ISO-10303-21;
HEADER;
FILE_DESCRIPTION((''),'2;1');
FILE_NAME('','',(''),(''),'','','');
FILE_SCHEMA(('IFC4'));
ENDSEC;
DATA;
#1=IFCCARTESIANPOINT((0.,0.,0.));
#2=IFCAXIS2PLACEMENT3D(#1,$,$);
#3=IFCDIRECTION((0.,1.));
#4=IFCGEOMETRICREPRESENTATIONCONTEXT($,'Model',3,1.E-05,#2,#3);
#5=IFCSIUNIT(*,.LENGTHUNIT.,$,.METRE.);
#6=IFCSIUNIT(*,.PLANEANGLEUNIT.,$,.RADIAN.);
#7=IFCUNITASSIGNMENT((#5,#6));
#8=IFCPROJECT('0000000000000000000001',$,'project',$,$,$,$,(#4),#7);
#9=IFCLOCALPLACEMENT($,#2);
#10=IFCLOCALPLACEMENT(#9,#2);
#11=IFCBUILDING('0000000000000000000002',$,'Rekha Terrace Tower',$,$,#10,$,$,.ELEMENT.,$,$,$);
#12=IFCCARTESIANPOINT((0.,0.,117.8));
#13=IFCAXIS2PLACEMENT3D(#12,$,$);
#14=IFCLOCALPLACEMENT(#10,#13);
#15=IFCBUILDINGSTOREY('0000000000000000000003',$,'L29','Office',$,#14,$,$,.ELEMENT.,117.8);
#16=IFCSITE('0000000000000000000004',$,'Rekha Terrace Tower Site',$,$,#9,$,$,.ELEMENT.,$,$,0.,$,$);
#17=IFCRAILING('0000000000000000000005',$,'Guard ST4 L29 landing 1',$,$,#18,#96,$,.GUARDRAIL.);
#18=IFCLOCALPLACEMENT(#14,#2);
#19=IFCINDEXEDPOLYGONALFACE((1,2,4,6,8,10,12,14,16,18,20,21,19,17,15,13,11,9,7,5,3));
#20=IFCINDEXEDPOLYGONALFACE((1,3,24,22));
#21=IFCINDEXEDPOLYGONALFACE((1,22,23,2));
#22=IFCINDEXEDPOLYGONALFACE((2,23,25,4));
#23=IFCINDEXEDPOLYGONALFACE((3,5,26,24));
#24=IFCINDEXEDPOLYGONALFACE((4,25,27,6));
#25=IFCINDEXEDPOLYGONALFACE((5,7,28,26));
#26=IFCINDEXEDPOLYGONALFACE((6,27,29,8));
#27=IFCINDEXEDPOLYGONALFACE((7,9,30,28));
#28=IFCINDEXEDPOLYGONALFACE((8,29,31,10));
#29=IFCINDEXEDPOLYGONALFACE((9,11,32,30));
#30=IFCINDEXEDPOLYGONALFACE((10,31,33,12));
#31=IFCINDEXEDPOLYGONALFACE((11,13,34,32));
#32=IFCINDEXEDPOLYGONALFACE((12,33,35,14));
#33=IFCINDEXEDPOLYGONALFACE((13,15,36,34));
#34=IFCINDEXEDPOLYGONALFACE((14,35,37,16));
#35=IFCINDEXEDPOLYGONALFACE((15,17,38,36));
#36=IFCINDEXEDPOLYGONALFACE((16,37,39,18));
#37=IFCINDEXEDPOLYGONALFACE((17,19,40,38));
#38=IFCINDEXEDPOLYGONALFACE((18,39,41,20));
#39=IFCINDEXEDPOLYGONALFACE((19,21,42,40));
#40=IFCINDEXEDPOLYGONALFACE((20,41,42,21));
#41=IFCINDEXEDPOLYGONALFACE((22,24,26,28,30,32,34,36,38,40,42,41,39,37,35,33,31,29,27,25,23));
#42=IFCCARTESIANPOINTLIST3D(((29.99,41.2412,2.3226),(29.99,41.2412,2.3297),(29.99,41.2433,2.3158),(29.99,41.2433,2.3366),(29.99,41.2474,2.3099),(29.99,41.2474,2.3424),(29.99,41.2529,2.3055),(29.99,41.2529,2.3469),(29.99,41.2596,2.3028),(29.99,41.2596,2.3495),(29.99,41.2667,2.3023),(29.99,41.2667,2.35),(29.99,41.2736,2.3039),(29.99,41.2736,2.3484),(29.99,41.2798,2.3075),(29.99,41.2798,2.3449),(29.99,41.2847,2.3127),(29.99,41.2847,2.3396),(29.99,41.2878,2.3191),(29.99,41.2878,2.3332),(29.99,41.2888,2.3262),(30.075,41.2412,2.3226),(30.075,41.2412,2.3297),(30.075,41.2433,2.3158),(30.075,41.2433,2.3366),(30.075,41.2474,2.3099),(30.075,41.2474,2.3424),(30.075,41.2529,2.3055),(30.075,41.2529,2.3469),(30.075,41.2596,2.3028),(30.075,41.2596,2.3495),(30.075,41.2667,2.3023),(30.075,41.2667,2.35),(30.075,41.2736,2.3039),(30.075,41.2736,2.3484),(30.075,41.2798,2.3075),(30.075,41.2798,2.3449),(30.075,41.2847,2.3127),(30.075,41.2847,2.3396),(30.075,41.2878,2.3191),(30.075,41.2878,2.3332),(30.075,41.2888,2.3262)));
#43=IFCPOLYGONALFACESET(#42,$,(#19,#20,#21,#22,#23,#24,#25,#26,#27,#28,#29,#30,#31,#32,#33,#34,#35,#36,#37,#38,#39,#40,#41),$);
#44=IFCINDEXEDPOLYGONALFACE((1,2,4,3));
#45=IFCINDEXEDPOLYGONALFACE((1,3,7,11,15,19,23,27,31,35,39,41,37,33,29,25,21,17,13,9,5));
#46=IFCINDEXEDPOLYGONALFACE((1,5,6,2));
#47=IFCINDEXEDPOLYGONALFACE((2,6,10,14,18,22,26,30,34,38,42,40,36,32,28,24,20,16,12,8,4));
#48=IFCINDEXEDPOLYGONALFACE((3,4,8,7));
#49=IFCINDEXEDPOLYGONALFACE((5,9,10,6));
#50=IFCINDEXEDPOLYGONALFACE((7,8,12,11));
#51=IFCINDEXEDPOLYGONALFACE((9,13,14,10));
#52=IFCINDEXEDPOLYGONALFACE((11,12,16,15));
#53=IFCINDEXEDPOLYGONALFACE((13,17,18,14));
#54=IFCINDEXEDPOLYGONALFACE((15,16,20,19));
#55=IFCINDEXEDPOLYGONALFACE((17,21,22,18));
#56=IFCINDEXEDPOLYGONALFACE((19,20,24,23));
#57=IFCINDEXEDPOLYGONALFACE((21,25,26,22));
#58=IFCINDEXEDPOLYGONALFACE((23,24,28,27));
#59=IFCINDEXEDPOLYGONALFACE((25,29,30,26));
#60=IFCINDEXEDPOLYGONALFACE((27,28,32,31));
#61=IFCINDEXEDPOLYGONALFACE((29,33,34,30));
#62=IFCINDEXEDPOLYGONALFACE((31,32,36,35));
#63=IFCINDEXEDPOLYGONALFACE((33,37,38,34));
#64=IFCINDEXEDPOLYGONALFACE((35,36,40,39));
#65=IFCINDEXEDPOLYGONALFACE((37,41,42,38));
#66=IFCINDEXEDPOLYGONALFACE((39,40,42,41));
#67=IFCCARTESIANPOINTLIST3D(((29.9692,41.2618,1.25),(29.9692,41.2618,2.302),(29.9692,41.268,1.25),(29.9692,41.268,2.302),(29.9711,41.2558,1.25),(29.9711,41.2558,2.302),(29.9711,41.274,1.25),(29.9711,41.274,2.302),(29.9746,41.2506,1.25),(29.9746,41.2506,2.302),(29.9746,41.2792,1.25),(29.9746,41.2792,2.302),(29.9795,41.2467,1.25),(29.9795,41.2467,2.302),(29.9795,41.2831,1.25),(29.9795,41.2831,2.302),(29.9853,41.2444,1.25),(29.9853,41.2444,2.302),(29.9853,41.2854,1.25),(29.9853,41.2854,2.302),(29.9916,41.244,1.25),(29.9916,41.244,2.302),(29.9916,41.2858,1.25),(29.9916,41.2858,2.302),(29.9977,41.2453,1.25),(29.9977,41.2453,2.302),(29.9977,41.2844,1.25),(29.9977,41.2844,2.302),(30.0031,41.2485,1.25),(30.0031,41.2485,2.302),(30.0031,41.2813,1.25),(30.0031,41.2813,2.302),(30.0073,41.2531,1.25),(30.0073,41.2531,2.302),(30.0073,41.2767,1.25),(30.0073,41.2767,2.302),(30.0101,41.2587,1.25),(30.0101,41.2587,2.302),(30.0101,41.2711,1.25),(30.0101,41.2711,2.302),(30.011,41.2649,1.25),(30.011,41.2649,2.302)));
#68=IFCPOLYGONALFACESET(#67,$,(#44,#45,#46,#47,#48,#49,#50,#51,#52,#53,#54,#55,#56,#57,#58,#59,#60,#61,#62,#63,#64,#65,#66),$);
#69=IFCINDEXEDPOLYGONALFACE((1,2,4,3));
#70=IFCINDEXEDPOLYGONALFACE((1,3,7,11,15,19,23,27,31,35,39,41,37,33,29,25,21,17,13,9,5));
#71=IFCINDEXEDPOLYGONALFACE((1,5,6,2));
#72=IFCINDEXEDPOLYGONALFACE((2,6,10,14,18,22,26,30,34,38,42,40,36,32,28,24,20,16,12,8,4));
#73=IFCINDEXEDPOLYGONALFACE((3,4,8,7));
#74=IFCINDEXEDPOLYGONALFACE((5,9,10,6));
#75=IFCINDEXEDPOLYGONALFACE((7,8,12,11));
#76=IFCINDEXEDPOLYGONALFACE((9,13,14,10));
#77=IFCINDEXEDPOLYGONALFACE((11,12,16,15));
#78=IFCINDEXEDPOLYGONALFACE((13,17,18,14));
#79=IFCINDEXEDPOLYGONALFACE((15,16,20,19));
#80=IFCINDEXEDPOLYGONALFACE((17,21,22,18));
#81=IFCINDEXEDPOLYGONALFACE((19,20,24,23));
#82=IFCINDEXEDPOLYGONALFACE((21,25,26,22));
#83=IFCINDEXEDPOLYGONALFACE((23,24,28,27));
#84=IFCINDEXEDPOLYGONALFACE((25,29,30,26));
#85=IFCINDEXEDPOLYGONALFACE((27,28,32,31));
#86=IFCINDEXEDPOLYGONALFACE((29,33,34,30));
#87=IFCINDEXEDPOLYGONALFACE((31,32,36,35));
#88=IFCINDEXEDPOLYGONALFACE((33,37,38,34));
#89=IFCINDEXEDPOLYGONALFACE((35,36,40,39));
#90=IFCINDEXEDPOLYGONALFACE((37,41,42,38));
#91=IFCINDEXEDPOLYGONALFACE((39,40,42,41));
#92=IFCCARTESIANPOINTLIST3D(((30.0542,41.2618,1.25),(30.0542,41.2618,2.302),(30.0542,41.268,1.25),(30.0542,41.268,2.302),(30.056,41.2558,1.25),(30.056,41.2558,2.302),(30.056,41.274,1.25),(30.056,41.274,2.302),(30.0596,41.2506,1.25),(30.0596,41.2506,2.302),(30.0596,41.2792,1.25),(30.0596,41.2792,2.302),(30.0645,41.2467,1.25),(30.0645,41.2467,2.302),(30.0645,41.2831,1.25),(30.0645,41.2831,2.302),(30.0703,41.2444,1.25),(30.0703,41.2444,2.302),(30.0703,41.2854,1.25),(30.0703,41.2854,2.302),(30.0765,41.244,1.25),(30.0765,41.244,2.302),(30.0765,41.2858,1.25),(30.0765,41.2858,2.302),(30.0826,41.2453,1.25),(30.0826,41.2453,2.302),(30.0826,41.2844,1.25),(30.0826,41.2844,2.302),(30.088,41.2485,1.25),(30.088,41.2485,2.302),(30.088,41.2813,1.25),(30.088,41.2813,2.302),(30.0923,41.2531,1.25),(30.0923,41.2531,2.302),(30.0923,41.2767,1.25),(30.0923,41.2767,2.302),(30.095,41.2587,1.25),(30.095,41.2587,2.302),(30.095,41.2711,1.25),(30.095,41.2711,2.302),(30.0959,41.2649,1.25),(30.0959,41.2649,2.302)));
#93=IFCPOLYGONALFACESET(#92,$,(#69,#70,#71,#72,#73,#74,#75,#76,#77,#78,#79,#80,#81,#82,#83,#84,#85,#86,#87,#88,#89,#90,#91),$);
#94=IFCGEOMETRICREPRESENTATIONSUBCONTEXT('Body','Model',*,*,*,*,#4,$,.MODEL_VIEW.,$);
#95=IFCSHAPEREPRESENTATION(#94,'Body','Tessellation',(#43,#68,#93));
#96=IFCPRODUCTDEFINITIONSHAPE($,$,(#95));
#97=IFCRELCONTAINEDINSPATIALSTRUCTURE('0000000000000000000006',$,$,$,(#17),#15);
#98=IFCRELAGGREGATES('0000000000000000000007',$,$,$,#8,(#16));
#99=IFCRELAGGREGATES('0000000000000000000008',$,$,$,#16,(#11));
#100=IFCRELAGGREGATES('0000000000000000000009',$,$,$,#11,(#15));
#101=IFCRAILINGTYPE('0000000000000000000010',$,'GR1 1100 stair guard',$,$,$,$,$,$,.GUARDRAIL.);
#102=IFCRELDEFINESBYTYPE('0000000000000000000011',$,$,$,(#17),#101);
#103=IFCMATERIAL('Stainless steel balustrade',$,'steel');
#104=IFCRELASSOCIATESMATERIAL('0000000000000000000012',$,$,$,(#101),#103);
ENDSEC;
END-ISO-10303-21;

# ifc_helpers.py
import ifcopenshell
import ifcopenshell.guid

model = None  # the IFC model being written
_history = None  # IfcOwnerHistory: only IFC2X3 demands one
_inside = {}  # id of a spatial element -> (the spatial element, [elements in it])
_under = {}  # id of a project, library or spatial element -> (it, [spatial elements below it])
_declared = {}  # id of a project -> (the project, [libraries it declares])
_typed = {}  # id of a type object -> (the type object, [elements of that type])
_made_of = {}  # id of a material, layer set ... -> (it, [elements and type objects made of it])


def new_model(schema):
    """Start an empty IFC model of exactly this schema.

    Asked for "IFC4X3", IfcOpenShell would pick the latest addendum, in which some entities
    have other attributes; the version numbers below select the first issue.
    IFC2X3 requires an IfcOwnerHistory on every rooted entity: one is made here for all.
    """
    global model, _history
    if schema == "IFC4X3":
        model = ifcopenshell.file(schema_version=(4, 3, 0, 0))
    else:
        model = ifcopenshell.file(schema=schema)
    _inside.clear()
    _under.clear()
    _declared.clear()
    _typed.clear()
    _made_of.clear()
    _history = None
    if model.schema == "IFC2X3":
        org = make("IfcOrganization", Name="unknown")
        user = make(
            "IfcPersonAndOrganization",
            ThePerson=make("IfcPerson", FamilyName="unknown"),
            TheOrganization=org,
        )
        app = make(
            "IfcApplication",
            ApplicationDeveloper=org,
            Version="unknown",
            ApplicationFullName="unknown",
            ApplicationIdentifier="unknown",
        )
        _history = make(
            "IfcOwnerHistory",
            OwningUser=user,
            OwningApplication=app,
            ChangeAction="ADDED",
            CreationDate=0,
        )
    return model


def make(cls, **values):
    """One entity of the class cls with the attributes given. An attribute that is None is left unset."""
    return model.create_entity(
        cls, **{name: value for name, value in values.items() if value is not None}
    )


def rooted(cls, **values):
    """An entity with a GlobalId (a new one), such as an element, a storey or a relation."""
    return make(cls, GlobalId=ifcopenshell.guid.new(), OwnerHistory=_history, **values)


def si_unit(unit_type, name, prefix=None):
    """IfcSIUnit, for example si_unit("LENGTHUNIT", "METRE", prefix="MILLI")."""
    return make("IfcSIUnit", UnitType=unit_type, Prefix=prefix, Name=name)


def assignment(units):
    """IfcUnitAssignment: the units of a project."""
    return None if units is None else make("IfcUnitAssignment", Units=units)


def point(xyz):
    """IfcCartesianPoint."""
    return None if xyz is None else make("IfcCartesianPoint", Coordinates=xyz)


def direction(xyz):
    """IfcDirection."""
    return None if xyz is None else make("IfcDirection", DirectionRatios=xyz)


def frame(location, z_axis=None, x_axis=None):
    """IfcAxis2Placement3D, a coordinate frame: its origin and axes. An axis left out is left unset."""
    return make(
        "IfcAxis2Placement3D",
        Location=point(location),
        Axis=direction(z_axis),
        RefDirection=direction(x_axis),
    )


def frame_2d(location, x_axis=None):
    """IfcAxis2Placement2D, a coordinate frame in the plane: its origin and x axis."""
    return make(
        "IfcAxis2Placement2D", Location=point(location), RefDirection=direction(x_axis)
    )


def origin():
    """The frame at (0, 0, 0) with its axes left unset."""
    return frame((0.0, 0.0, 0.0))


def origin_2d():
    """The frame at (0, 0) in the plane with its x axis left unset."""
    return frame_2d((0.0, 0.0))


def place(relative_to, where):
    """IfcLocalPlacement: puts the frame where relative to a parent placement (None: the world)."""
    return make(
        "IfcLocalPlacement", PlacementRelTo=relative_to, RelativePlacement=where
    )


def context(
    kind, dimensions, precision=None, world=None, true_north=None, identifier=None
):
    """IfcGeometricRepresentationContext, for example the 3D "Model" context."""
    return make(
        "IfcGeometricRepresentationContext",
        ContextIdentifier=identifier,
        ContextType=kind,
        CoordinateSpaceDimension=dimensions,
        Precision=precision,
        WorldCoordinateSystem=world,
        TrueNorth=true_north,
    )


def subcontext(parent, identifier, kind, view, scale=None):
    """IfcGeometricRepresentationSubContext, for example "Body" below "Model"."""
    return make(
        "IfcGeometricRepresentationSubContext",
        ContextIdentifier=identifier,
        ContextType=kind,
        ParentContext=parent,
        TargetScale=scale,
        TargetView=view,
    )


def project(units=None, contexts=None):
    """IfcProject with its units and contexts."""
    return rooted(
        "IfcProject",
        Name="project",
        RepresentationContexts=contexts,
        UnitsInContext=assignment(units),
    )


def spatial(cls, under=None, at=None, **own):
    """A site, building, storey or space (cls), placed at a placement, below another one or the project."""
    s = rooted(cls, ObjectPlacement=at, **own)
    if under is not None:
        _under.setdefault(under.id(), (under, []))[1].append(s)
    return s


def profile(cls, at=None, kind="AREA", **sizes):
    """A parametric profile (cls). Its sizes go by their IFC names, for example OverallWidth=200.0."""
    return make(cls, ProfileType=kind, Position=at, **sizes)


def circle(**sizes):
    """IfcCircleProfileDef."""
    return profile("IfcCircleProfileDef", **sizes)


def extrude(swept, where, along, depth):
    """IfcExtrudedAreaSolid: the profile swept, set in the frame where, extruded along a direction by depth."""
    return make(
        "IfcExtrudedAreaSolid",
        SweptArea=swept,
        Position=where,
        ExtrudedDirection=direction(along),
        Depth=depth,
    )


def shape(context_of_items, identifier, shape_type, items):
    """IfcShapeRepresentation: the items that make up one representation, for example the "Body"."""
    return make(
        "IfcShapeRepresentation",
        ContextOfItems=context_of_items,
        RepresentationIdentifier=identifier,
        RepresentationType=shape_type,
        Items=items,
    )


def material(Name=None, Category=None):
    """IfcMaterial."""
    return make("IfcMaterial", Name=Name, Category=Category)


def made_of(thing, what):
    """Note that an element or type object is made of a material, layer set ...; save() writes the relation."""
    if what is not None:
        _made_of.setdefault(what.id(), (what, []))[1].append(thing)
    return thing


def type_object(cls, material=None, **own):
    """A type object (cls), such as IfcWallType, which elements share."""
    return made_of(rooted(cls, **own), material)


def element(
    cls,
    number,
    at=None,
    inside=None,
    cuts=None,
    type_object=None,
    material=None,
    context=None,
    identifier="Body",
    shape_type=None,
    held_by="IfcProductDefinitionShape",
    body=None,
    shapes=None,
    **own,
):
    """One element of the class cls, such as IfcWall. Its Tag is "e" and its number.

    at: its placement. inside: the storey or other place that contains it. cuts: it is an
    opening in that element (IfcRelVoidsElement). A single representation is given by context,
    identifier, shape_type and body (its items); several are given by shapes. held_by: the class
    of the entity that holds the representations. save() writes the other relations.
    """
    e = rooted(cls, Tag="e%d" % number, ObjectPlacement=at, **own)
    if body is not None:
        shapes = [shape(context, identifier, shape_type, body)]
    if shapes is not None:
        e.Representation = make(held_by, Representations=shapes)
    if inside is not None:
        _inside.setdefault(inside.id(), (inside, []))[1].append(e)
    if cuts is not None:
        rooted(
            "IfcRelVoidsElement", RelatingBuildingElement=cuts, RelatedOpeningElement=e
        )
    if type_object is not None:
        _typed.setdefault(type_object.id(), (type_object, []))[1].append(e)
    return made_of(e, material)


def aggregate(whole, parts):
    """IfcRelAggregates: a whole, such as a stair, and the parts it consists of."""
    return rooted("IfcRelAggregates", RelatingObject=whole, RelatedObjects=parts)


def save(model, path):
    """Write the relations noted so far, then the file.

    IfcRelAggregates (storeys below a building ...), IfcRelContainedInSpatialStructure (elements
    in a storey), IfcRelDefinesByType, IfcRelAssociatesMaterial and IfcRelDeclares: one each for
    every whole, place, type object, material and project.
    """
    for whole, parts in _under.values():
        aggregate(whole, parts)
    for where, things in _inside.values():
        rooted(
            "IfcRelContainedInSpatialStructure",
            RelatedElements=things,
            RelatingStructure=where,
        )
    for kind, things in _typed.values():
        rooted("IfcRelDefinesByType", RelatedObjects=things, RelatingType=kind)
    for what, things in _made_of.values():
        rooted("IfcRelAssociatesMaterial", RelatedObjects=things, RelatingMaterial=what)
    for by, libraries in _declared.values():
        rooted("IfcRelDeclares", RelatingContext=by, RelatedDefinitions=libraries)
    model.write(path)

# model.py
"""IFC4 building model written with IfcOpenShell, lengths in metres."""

from ifc_helpers import new_model, si_unit, direction, frame, origin, origin_2d, place, context, subcontext, project, spatial, circle, extrude, material, type_object, element, save


model = new_model("IFC4")

# Units and contexts
model_context = context("Model", 3, precision=1e-05, world=origin(), true_north=direction((0.0, 1.0)))
body_context = subcontext(model_context, "Body", "Model", "MODEL_VIEW")
ifc_project = project(units=[si_unit("LENGTHUNIT", "METRE"), si_unit("PLANEANGLEUNIT", "RADIAN")], contexts=[model_context])

# Site, building, storey
site_placement = place(None, origin())
site = spatial("IfcSite", under=ifc_project, at=site_placement, Name="Rekha Terrace Tower Site", CompositionType="ELEMENT", RefElevation=0.0)
building_placement = place(site_placement, origin())
building = spatial("IfcBuilding", under=site, at=building_placement, Name="Rekha Terrace Tower", CompositionType="ELEMENT")
storey_placement = place(building_placement, frame((0.0, 0.0, 117.8)))
storey = spatial("IfcBuildingStorey", under=building, at=storey_placement, Name="L29", Description="Office", CompositionType="ELEMENT", Elevation=117.8)

# Railing
ifc_material_1 = material(Name="Stainless steel balustrade", Category="steel")
railing_type_1 = type_object("IfcRailingType", Name="GR1 1100 stair guard", PredefinedType="GUARDRAIL", material=ifc_material_1)
railing_1_placement = place(storey_placement, frame((29.99, 41.2649, 1.25)))
element("IfcRailing", 1, at=railing_1_placement, inside=storey, type_object=railing_type_1, Name="Guard ST4 L29 landing 1", PredefinedType="GUARDRAIL", context=body_context, shape_type="SweptSolid", body=[
    extrude(circle(Radius=0.0239, at=origin_2d()), frame((0.0, 0.0, 1.0762), z_axis=(1.0, 0.0, 0.0), x_axis=(0.0, 1.0, 0.0)), (0.0, 0.0, 1.0), 0.085),
    extrude(circle(Radius=0.021, at=origin_2d()), origin(), (0.0, 0.0, 1.0), 1.052),
    extrude(circle(Radius=0.021, at=origin_2d()), frame((0.085, 0.0, 0.0)), (0.0, 0.0, 1.0), 1.052),
])

save(model, "model.ifc")
